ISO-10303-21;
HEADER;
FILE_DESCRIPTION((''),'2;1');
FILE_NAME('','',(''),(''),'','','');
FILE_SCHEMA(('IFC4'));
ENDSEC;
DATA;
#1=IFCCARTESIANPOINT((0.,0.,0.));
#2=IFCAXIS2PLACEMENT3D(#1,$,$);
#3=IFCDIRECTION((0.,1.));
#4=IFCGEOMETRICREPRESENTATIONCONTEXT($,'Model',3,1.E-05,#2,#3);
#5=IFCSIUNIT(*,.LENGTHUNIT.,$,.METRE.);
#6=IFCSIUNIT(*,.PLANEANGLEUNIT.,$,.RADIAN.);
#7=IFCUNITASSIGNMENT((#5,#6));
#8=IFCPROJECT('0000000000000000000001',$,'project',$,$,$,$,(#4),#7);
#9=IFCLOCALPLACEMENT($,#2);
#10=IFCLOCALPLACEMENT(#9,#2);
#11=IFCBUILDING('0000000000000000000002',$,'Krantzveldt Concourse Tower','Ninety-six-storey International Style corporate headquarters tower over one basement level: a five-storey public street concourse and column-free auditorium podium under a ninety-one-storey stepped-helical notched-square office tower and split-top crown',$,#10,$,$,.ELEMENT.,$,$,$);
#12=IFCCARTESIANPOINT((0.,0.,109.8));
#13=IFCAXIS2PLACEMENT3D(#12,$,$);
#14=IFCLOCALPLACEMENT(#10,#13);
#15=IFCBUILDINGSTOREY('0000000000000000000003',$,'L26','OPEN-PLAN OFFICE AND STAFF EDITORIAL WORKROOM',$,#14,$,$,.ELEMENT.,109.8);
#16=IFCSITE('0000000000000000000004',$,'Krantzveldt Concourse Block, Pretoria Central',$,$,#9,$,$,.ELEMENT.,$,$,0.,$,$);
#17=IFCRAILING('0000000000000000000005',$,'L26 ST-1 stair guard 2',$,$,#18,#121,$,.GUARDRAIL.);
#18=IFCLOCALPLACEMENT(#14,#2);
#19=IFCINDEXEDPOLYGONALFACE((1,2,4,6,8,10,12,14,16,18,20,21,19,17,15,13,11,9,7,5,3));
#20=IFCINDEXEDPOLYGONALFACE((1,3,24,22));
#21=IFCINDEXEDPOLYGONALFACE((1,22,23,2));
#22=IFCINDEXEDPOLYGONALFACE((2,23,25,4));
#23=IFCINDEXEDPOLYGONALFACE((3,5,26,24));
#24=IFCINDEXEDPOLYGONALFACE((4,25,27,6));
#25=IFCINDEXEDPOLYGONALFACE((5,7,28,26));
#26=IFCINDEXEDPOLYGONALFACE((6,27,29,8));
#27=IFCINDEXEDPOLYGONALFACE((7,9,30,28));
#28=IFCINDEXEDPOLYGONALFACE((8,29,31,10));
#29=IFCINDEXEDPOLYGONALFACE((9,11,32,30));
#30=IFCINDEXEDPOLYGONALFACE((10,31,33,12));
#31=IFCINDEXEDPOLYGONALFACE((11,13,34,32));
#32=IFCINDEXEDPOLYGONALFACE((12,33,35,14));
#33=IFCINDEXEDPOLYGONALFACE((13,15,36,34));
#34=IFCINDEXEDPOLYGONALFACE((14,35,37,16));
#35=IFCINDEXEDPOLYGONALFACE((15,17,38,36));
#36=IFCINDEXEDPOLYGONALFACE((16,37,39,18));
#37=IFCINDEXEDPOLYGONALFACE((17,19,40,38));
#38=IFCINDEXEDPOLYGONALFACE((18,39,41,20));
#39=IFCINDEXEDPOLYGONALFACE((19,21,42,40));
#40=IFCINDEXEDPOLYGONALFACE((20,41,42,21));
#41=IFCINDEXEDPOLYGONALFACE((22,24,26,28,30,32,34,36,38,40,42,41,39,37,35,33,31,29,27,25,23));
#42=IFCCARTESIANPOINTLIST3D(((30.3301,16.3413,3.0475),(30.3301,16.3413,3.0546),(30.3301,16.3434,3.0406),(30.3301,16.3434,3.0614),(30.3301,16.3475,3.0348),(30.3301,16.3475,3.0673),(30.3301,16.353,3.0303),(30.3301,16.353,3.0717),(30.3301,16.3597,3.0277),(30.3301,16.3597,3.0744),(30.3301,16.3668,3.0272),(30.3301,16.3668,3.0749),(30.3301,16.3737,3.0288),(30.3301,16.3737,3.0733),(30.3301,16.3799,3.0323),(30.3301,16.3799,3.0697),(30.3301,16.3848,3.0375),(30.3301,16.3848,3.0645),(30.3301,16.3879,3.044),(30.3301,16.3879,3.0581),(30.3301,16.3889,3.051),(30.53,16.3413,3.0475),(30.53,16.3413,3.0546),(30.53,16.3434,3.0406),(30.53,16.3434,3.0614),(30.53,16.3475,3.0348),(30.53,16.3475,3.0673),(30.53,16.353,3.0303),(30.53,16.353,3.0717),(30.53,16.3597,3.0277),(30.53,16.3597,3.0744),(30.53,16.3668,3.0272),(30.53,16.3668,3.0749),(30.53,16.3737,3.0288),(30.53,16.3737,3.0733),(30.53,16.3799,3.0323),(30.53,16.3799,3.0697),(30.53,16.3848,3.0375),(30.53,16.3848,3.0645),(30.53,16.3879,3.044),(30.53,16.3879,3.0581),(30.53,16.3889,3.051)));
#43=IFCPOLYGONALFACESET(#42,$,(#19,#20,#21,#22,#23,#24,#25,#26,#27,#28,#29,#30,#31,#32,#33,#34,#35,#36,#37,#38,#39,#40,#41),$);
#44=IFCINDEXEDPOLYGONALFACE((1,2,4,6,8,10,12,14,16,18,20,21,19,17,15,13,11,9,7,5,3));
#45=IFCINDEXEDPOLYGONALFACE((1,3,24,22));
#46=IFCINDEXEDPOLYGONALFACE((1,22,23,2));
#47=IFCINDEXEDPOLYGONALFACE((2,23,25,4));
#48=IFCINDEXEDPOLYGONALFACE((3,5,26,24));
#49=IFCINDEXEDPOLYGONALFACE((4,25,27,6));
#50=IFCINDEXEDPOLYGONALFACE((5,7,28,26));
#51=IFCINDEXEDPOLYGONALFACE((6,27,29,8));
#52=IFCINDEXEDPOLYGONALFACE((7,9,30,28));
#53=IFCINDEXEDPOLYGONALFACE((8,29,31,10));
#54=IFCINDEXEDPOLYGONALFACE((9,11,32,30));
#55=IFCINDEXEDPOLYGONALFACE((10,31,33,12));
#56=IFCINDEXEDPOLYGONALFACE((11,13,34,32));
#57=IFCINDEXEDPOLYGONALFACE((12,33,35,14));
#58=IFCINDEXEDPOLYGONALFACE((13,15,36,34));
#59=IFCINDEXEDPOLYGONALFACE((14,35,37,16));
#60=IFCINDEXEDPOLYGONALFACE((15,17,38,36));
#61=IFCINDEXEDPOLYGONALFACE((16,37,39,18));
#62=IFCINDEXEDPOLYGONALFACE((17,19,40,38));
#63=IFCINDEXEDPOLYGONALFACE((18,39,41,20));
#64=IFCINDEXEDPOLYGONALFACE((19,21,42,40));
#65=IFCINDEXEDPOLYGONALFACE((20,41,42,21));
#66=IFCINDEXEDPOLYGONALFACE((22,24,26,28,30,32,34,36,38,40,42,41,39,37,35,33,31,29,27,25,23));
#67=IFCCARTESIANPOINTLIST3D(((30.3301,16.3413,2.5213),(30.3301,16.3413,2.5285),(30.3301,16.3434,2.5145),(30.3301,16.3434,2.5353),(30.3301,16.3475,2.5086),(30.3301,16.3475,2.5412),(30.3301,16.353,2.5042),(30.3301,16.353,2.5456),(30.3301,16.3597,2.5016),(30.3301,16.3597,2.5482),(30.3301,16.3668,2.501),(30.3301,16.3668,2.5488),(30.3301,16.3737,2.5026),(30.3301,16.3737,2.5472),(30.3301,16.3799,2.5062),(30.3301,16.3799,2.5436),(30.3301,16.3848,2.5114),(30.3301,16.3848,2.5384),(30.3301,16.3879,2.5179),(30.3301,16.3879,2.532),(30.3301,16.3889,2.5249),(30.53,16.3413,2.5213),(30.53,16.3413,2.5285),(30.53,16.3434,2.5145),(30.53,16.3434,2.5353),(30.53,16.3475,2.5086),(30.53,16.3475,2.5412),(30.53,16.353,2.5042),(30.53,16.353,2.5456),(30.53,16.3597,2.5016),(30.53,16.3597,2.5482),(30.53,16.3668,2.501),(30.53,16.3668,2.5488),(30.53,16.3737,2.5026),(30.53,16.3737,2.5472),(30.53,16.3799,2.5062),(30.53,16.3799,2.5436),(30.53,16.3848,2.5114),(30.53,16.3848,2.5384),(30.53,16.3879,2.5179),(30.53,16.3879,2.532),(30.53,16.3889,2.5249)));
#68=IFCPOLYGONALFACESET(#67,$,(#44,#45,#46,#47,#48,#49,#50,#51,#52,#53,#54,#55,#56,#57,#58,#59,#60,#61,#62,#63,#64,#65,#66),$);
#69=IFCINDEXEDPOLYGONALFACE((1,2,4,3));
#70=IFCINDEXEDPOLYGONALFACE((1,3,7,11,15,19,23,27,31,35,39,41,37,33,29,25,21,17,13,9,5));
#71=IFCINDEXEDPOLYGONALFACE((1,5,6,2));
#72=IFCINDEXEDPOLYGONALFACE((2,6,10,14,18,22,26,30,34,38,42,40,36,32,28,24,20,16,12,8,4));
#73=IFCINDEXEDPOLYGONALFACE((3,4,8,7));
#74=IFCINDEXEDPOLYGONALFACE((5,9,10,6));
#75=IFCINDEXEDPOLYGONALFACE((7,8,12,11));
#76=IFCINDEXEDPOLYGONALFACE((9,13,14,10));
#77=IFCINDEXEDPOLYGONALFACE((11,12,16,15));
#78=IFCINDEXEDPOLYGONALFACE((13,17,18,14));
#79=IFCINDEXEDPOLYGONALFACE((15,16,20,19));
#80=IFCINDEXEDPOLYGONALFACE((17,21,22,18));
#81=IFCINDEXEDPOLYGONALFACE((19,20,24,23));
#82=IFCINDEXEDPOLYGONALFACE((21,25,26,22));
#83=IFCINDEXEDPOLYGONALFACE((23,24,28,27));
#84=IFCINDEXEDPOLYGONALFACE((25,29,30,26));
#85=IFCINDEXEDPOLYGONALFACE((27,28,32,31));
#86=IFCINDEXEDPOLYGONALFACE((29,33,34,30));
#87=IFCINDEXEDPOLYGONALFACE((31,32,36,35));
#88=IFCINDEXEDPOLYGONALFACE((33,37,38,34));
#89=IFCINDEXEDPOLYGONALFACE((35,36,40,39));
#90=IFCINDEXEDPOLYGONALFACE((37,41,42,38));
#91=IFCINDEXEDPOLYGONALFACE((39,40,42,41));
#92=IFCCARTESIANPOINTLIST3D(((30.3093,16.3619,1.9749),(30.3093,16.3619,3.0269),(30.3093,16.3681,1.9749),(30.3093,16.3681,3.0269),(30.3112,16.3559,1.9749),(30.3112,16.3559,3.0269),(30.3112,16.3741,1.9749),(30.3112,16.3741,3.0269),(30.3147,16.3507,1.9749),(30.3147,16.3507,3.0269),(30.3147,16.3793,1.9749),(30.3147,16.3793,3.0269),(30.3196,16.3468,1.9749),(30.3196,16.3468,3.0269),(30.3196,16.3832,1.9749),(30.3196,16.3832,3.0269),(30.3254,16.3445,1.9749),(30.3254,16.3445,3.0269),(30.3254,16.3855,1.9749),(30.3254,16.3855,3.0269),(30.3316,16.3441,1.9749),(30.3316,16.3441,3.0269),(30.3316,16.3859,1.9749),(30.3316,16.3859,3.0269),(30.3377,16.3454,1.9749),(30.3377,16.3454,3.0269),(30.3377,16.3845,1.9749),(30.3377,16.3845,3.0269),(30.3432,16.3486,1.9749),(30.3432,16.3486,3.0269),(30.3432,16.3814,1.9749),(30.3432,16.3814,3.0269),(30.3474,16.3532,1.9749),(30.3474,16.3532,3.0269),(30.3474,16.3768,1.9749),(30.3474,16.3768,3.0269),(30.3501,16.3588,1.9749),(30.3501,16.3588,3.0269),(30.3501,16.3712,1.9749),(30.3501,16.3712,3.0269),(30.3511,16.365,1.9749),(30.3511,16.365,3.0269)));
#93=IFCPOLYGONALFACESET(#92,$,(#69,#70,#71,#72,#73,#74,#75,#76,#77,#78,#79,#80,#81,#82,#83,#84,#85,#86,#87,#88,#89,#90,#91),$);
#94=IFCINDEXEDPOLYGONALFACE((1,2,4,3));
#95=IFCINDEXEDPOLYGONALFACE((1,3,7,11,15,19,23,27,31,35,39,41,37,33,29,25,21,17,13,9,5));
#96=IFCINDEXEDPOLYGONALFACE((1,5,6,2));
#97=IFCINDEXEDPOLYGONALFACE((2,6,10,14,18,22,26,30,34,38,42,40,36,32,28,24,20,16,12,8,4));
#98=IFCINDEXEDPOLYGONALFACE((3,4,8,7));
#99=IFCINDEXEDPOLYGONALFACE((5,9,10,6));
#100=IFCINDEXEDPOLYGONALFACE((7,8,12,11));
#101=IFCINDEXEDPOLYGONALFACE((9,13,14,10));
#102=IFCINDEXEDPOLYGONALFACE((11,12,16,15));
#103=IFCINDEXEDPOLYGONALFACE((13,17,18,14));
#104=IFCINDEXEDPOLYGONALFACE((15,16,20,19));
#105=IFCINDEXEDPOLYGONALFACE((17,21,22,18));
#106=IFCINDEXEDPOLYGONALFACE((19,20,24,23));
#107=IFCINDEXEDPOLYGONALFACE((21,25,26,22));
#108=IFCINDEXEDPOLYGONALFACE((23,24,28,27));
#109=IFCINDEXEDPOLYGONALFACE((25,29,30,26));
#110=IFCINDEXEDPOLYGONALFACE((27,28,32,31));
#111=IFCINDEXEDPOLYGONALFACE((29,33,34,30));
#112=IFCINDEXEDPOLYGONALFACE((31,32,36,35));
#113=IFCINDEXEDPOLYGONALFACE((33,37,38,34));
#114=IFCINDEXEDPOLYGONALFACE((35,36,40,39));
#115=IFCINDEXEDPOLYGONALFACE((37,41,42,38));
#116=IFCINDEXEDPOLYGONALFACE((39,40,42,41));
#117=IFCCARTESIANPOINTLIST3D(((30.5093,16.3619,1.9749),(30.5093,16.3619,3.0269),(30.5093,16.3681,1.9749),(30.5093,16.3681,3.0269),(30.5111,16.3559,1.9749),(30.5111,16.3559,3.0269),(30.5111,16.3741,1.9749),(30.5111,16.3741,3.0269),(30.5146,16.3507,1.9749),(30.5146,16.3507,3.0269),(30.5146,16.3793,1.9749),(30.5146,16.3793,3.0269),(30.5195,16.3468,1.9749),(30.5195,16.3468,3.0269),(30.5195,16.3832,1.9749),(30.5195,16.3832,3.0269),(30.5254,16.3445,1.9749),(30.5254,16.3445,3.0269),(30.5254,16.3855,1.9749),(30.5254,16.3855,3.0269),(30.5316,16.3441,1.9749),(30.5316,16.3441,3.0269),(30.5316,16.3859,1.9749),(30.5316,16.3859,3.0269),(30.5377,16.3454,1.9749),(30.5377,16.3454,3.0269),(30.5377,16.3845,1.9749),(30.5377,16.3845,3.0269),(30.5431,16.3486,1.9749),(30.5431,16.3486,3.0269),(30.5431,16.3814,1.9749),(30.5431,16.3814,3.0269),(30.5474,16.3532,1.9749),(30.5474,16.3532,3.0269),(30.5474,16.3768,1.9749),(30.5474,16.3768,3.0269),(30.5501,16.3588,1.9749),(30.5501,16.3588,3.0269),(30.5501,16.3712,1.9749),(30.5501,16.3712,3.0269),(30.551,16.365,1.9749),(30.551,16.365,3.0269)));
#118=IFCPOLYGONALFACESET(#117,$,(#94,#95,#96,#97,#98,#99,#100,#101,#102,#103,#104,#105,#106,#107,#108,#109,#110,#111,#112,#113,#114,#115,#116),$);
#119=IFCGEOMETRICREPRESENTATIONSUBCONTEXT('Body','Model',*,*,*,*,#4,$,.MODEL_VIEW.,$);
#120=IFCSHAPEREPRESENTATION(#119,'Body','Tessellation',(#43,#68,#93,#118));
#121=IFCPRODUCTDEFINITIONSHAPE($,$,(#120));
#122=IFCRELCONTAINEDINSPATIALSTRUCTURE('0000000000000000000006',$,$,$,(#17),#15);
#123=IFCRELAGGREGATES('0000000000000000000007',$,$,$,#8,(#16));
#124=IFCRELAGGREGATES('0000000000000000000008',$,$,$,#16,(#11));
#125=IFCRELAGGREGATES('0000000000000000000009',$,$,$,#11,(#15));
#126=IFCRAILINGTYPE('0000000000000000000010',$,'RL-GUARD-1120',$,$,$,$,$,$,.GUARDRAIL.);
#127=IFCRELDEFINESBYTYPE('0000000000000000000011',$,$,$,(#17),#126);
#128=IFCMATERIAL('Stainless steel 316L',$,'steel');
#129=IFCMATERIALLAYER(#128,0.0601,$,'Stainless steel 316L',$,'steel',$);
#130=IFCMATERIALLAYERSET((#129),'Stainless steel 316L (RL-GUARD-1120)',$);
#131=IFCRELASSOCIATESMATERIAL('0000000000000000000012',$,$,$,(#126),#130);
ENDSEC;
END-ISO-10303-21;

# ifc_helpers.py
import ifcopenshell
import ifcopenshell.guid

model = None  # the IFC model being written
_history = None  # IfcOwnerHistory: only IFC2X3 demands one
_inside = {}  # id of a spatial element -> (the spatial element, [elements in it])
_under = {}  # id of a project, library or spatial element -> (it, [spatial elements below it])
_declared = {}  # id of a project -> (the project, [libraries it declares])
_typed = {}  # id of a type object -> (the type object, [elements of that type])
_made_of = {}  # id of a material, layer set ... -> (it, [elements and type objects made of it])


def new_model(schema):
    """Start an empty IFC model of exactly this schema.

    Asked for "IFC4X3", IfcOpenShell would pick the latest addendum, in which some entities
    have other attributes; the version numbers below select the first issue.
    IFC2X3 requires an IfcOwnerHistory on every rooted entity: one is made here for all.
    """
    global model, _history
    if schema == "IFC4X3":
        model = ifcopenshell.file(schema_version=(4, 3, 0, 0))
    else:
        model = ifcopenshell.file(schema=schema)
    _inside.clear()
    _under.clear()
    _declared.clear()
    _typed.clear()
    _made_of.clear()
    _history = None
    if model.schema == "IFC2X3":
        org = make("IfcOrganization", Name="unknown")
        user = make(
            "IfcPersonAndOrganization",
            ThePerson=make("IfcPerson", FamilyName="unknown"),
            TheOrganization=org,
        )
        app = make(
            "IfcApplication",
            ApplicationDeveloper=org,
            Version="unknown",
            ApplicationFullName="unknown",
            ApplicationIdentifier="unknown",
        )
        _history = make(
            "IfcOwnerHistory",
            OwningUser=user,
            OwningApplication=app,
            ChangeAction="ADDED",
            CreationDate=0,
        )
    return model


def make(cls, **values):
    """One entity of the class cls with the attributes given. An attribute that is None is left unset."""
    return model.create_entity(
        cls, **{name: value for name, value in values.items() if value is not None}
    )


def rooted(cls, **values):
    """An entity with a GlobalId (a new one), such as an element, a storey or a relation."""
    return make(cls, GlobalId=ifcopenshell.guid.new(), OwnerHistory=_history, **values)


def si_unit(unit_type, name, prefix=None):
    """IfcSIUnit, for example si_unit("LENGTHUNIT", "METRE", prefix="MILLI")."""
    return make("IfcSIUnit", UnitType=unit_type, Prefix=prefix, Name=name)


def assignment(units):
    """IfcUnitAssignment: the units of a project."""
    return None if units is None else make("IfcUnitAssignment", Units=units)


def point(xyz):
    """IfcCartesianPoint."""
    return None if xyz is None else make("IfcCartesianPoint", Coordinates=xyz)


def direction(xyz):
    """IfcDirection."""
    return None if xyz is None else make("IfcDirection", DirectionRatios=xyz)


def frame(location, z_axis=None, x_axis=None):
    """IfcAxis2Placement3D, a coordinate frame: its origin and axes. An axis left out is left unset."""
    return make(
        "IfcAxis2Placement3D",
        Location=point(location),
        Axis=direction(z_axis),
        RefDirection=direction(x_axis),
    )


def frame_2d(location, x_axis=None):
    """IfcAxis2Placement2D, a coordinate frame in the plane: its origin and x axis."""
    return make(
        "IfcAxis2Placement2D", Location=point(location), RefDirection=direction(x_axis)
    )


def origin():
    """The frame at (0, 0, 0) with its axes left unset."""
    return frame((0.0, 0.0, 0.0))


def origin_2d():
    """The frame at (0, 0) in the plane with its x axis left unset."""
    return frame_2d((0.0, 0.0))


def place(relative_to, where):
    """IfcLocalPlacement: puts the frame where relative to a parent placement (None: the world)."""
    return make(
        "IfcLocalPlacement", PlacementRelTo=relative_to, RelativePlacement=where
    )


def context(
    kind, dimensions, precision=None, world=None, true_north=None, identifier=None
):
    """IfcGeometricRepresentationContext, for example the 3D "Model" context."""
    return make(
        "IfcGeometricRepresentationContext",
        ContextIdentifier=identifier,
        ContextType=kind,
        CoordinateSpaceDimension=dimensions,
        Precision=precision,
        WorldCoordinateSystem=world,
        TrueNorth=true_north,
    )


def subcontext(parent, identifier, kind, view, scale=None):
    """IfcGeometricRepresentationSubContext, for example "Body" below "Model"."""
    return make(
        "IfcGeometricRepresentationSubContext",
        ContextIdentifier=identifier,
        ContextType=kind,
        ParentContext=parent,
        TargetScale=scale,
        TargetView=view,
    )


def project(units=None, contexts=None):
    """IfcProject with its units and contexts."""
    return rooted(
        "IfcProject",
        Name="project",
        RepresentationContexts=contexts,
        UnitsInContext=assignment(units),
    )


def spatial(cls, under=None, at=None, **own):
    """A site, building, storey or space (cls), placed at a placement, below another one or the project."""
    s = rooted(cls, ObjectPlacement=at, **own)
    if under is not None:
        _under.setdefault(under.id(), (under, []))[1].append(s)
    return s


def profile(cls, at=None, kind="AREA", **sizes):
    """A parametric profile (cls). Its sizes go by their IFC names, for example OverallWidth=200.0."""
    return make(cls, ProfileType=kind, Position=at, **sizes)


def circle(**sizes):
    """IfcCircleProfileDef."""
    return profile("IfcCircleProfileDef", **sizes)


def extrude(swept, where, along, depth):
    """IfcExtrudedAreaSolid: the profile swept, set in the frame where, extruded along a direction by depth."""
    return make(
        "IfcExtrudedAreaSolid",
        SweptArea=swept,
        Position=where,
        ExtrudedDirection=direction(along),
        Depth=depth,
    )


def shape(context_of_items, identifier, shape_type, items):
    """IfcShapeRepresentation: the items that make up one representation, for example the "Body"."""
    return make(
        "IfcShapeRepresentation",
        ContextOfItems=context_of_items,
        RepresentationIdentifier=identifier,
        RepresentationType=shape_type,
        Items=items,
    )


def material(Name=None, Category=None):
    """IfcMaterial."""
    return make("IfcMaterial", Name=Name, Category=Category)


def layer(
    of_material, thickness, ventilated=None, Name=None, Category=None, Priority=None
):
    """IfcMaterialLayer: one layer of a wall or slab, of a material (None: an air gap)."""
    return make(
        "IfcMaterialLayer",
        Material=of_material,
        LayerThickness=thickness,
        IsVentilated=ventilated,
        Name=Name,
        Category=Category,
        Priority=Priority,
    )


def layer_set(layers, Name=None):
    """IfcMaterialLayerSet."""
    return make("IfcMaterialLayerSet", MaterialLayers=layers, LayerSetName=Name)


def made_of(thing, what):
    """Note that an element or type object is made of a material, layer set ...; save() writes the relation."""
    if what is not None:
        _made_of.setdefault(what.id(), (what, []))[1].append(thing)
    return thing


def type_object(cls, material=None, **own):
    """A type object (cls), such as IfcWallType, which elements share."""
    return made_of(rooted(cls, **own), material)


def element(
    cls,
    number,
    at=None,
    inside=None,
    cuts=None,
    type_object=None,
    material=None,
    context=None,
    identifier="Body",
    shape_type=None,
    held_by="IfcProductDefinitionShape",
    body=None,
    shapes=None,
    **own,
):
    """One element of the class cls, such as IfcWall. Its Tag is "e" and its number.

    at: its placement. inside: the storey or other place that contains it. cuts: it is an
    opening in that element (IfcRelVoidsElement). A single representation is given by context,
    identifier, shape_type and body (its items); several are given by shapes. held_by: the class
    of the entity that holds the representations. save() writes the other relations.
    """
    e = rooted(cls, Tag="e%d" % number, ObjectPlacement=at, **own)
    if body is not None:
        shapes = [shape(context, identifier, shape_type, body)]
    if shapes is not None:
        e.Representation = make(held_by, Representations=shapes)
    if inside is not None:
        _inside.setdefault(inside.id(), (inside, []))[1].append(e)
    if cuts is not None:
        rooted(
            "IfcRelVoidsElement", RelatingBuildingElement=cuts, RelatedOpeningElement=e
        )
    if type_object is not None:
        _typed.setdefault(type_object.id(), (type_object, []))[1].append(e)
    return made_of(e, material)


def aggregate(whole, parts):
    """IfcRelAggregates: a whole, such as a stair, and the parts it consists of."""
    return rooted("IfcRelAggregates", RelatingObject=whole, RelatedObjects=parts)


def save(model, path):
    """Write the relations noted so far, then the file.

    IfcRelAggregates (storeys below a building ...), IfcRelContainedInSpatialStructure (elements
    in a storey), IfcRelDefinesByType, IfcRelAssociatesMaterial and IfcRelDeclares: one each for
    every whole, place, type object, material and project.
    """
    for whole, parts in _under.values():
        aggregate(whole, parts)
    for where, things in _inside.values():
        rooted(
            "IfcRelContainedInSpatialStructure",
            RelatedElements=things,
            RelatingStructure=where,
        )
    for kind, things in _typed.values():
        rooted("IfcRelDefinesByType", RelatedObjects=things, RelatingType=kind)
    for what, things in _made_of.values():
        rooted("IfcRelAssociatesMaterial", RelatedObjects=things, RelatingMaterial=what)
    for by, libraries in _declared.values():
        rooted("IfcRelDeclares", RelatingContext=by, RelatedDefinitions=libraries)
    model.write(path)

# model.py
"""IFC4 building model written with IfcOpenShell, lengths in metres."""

from ifc_helpers import new_model, si_unit, direction, frame, origin, origin_2d, place, context, subcontext, project, spatial, circle, extrude, material, layer, layer_set, type_object, element, save


model = new_model("IFC4")

# Units and contexts
model_context = context("Model", 3, precision=1e-05, world=origin(), true_north=direction((0.0, 1.0)))
body_context = subcontext(model_context, "Body", "Model", "MODEL_VIEW")
ifc_project = project(units=[si_unit("LENGTHUNIT", "METRE"), si_unit("PLANEANGLEUNIT", "RADIAN")], contexts=[model_context])

# Site, building, storey
site_placement = place(None, origin())
site = spatial("IfcSite", under=ifc_project, at=site_placement, Name="Krantzveldt Concourse Block, Pretoria Central", CompositionType="ELEMENT", RefElevation=0.0)
building_placement = place(site_placement, origin())
building = spatial("IfcBuilding", under=site, at=building_placement, Name="Krantzveldt Concourse Tower", Description="Ninety-six-storey International Style corporate headquarters tower over one basement level: a five-storey public street concourse and column-free auditorium podium under a ninety-one-storey stepped-helical notched-square office tower and split-top crown", CompositionType="ELEMENT")
storey_placement = place(building_placement, frame((0.0, 0.0, 109.8)))
storey = spatial("IfcBuildingStorey", under=building, at=storey_placement, Name="L26", Description="OPEN-PLAN OFFICE AND STAFF EDITORIAL WORKROOM", CompositionType="ELEMENT", Elevation=109.8)

# Railing
ifc_material_1 = material(Name="Stainless steel 316L", Category="steel")
ifc_layer_1 = layer(ifc_material_1, 0.0601, Name="Stainless steel 316L", Category="steel")
ifc_layer_set_1 = layer_set([ifc_layer_1], Name="Stainless steel 316L (RL-GUARD-1120)")
railing_type_1 = type_object("IfcRailingType", Name="RL-GUARD-1120", PredefinedType="GUARDRAIL", material=ifc_layer_set_1)
railing_1_placement = place(storey_placement, frame((30.3301, 16.365, 1.9749)))
element("IfcRailing", 1, at=railing_1_placement, inside=storey, type_object=railing_type_1, Name="L26 ST-1 stair guard 2", PredefinedType="GUARDRAIL", context=body_context, shape_type="SweptSolid", body=[
    extrude(circle(Radius=0.0239, at=origin_2d()), frame((0.0, 0.0, 1.0762), z_axis=(1.0, 0.0, 0.0), x_axis=(0.0, 1.0, 0.0)), (0.0, 0.0, 1.0), 0.2),
    extrude(circle(Radius=0.0239, at=origin_2d()), frame((0.0, 0.0, 0.55), z_axis=(1.0, 0.0, 0.0), x_axis=(0.0, 1.0, 0.0)), (0.0, 0.0, 1.0), 0.2),
    extrude(circle(Radius=0.021, at=origin_2d()), origin(), (0.0, 0.0, 1.0), 1.052),
    extrude(circle(Radius=0.021, at=origin_2d()), frame((0.2, 0.0, 0.0)), (0.0, 0.0, 1.0), 1.052),
])

save(model, "model.ifc")
